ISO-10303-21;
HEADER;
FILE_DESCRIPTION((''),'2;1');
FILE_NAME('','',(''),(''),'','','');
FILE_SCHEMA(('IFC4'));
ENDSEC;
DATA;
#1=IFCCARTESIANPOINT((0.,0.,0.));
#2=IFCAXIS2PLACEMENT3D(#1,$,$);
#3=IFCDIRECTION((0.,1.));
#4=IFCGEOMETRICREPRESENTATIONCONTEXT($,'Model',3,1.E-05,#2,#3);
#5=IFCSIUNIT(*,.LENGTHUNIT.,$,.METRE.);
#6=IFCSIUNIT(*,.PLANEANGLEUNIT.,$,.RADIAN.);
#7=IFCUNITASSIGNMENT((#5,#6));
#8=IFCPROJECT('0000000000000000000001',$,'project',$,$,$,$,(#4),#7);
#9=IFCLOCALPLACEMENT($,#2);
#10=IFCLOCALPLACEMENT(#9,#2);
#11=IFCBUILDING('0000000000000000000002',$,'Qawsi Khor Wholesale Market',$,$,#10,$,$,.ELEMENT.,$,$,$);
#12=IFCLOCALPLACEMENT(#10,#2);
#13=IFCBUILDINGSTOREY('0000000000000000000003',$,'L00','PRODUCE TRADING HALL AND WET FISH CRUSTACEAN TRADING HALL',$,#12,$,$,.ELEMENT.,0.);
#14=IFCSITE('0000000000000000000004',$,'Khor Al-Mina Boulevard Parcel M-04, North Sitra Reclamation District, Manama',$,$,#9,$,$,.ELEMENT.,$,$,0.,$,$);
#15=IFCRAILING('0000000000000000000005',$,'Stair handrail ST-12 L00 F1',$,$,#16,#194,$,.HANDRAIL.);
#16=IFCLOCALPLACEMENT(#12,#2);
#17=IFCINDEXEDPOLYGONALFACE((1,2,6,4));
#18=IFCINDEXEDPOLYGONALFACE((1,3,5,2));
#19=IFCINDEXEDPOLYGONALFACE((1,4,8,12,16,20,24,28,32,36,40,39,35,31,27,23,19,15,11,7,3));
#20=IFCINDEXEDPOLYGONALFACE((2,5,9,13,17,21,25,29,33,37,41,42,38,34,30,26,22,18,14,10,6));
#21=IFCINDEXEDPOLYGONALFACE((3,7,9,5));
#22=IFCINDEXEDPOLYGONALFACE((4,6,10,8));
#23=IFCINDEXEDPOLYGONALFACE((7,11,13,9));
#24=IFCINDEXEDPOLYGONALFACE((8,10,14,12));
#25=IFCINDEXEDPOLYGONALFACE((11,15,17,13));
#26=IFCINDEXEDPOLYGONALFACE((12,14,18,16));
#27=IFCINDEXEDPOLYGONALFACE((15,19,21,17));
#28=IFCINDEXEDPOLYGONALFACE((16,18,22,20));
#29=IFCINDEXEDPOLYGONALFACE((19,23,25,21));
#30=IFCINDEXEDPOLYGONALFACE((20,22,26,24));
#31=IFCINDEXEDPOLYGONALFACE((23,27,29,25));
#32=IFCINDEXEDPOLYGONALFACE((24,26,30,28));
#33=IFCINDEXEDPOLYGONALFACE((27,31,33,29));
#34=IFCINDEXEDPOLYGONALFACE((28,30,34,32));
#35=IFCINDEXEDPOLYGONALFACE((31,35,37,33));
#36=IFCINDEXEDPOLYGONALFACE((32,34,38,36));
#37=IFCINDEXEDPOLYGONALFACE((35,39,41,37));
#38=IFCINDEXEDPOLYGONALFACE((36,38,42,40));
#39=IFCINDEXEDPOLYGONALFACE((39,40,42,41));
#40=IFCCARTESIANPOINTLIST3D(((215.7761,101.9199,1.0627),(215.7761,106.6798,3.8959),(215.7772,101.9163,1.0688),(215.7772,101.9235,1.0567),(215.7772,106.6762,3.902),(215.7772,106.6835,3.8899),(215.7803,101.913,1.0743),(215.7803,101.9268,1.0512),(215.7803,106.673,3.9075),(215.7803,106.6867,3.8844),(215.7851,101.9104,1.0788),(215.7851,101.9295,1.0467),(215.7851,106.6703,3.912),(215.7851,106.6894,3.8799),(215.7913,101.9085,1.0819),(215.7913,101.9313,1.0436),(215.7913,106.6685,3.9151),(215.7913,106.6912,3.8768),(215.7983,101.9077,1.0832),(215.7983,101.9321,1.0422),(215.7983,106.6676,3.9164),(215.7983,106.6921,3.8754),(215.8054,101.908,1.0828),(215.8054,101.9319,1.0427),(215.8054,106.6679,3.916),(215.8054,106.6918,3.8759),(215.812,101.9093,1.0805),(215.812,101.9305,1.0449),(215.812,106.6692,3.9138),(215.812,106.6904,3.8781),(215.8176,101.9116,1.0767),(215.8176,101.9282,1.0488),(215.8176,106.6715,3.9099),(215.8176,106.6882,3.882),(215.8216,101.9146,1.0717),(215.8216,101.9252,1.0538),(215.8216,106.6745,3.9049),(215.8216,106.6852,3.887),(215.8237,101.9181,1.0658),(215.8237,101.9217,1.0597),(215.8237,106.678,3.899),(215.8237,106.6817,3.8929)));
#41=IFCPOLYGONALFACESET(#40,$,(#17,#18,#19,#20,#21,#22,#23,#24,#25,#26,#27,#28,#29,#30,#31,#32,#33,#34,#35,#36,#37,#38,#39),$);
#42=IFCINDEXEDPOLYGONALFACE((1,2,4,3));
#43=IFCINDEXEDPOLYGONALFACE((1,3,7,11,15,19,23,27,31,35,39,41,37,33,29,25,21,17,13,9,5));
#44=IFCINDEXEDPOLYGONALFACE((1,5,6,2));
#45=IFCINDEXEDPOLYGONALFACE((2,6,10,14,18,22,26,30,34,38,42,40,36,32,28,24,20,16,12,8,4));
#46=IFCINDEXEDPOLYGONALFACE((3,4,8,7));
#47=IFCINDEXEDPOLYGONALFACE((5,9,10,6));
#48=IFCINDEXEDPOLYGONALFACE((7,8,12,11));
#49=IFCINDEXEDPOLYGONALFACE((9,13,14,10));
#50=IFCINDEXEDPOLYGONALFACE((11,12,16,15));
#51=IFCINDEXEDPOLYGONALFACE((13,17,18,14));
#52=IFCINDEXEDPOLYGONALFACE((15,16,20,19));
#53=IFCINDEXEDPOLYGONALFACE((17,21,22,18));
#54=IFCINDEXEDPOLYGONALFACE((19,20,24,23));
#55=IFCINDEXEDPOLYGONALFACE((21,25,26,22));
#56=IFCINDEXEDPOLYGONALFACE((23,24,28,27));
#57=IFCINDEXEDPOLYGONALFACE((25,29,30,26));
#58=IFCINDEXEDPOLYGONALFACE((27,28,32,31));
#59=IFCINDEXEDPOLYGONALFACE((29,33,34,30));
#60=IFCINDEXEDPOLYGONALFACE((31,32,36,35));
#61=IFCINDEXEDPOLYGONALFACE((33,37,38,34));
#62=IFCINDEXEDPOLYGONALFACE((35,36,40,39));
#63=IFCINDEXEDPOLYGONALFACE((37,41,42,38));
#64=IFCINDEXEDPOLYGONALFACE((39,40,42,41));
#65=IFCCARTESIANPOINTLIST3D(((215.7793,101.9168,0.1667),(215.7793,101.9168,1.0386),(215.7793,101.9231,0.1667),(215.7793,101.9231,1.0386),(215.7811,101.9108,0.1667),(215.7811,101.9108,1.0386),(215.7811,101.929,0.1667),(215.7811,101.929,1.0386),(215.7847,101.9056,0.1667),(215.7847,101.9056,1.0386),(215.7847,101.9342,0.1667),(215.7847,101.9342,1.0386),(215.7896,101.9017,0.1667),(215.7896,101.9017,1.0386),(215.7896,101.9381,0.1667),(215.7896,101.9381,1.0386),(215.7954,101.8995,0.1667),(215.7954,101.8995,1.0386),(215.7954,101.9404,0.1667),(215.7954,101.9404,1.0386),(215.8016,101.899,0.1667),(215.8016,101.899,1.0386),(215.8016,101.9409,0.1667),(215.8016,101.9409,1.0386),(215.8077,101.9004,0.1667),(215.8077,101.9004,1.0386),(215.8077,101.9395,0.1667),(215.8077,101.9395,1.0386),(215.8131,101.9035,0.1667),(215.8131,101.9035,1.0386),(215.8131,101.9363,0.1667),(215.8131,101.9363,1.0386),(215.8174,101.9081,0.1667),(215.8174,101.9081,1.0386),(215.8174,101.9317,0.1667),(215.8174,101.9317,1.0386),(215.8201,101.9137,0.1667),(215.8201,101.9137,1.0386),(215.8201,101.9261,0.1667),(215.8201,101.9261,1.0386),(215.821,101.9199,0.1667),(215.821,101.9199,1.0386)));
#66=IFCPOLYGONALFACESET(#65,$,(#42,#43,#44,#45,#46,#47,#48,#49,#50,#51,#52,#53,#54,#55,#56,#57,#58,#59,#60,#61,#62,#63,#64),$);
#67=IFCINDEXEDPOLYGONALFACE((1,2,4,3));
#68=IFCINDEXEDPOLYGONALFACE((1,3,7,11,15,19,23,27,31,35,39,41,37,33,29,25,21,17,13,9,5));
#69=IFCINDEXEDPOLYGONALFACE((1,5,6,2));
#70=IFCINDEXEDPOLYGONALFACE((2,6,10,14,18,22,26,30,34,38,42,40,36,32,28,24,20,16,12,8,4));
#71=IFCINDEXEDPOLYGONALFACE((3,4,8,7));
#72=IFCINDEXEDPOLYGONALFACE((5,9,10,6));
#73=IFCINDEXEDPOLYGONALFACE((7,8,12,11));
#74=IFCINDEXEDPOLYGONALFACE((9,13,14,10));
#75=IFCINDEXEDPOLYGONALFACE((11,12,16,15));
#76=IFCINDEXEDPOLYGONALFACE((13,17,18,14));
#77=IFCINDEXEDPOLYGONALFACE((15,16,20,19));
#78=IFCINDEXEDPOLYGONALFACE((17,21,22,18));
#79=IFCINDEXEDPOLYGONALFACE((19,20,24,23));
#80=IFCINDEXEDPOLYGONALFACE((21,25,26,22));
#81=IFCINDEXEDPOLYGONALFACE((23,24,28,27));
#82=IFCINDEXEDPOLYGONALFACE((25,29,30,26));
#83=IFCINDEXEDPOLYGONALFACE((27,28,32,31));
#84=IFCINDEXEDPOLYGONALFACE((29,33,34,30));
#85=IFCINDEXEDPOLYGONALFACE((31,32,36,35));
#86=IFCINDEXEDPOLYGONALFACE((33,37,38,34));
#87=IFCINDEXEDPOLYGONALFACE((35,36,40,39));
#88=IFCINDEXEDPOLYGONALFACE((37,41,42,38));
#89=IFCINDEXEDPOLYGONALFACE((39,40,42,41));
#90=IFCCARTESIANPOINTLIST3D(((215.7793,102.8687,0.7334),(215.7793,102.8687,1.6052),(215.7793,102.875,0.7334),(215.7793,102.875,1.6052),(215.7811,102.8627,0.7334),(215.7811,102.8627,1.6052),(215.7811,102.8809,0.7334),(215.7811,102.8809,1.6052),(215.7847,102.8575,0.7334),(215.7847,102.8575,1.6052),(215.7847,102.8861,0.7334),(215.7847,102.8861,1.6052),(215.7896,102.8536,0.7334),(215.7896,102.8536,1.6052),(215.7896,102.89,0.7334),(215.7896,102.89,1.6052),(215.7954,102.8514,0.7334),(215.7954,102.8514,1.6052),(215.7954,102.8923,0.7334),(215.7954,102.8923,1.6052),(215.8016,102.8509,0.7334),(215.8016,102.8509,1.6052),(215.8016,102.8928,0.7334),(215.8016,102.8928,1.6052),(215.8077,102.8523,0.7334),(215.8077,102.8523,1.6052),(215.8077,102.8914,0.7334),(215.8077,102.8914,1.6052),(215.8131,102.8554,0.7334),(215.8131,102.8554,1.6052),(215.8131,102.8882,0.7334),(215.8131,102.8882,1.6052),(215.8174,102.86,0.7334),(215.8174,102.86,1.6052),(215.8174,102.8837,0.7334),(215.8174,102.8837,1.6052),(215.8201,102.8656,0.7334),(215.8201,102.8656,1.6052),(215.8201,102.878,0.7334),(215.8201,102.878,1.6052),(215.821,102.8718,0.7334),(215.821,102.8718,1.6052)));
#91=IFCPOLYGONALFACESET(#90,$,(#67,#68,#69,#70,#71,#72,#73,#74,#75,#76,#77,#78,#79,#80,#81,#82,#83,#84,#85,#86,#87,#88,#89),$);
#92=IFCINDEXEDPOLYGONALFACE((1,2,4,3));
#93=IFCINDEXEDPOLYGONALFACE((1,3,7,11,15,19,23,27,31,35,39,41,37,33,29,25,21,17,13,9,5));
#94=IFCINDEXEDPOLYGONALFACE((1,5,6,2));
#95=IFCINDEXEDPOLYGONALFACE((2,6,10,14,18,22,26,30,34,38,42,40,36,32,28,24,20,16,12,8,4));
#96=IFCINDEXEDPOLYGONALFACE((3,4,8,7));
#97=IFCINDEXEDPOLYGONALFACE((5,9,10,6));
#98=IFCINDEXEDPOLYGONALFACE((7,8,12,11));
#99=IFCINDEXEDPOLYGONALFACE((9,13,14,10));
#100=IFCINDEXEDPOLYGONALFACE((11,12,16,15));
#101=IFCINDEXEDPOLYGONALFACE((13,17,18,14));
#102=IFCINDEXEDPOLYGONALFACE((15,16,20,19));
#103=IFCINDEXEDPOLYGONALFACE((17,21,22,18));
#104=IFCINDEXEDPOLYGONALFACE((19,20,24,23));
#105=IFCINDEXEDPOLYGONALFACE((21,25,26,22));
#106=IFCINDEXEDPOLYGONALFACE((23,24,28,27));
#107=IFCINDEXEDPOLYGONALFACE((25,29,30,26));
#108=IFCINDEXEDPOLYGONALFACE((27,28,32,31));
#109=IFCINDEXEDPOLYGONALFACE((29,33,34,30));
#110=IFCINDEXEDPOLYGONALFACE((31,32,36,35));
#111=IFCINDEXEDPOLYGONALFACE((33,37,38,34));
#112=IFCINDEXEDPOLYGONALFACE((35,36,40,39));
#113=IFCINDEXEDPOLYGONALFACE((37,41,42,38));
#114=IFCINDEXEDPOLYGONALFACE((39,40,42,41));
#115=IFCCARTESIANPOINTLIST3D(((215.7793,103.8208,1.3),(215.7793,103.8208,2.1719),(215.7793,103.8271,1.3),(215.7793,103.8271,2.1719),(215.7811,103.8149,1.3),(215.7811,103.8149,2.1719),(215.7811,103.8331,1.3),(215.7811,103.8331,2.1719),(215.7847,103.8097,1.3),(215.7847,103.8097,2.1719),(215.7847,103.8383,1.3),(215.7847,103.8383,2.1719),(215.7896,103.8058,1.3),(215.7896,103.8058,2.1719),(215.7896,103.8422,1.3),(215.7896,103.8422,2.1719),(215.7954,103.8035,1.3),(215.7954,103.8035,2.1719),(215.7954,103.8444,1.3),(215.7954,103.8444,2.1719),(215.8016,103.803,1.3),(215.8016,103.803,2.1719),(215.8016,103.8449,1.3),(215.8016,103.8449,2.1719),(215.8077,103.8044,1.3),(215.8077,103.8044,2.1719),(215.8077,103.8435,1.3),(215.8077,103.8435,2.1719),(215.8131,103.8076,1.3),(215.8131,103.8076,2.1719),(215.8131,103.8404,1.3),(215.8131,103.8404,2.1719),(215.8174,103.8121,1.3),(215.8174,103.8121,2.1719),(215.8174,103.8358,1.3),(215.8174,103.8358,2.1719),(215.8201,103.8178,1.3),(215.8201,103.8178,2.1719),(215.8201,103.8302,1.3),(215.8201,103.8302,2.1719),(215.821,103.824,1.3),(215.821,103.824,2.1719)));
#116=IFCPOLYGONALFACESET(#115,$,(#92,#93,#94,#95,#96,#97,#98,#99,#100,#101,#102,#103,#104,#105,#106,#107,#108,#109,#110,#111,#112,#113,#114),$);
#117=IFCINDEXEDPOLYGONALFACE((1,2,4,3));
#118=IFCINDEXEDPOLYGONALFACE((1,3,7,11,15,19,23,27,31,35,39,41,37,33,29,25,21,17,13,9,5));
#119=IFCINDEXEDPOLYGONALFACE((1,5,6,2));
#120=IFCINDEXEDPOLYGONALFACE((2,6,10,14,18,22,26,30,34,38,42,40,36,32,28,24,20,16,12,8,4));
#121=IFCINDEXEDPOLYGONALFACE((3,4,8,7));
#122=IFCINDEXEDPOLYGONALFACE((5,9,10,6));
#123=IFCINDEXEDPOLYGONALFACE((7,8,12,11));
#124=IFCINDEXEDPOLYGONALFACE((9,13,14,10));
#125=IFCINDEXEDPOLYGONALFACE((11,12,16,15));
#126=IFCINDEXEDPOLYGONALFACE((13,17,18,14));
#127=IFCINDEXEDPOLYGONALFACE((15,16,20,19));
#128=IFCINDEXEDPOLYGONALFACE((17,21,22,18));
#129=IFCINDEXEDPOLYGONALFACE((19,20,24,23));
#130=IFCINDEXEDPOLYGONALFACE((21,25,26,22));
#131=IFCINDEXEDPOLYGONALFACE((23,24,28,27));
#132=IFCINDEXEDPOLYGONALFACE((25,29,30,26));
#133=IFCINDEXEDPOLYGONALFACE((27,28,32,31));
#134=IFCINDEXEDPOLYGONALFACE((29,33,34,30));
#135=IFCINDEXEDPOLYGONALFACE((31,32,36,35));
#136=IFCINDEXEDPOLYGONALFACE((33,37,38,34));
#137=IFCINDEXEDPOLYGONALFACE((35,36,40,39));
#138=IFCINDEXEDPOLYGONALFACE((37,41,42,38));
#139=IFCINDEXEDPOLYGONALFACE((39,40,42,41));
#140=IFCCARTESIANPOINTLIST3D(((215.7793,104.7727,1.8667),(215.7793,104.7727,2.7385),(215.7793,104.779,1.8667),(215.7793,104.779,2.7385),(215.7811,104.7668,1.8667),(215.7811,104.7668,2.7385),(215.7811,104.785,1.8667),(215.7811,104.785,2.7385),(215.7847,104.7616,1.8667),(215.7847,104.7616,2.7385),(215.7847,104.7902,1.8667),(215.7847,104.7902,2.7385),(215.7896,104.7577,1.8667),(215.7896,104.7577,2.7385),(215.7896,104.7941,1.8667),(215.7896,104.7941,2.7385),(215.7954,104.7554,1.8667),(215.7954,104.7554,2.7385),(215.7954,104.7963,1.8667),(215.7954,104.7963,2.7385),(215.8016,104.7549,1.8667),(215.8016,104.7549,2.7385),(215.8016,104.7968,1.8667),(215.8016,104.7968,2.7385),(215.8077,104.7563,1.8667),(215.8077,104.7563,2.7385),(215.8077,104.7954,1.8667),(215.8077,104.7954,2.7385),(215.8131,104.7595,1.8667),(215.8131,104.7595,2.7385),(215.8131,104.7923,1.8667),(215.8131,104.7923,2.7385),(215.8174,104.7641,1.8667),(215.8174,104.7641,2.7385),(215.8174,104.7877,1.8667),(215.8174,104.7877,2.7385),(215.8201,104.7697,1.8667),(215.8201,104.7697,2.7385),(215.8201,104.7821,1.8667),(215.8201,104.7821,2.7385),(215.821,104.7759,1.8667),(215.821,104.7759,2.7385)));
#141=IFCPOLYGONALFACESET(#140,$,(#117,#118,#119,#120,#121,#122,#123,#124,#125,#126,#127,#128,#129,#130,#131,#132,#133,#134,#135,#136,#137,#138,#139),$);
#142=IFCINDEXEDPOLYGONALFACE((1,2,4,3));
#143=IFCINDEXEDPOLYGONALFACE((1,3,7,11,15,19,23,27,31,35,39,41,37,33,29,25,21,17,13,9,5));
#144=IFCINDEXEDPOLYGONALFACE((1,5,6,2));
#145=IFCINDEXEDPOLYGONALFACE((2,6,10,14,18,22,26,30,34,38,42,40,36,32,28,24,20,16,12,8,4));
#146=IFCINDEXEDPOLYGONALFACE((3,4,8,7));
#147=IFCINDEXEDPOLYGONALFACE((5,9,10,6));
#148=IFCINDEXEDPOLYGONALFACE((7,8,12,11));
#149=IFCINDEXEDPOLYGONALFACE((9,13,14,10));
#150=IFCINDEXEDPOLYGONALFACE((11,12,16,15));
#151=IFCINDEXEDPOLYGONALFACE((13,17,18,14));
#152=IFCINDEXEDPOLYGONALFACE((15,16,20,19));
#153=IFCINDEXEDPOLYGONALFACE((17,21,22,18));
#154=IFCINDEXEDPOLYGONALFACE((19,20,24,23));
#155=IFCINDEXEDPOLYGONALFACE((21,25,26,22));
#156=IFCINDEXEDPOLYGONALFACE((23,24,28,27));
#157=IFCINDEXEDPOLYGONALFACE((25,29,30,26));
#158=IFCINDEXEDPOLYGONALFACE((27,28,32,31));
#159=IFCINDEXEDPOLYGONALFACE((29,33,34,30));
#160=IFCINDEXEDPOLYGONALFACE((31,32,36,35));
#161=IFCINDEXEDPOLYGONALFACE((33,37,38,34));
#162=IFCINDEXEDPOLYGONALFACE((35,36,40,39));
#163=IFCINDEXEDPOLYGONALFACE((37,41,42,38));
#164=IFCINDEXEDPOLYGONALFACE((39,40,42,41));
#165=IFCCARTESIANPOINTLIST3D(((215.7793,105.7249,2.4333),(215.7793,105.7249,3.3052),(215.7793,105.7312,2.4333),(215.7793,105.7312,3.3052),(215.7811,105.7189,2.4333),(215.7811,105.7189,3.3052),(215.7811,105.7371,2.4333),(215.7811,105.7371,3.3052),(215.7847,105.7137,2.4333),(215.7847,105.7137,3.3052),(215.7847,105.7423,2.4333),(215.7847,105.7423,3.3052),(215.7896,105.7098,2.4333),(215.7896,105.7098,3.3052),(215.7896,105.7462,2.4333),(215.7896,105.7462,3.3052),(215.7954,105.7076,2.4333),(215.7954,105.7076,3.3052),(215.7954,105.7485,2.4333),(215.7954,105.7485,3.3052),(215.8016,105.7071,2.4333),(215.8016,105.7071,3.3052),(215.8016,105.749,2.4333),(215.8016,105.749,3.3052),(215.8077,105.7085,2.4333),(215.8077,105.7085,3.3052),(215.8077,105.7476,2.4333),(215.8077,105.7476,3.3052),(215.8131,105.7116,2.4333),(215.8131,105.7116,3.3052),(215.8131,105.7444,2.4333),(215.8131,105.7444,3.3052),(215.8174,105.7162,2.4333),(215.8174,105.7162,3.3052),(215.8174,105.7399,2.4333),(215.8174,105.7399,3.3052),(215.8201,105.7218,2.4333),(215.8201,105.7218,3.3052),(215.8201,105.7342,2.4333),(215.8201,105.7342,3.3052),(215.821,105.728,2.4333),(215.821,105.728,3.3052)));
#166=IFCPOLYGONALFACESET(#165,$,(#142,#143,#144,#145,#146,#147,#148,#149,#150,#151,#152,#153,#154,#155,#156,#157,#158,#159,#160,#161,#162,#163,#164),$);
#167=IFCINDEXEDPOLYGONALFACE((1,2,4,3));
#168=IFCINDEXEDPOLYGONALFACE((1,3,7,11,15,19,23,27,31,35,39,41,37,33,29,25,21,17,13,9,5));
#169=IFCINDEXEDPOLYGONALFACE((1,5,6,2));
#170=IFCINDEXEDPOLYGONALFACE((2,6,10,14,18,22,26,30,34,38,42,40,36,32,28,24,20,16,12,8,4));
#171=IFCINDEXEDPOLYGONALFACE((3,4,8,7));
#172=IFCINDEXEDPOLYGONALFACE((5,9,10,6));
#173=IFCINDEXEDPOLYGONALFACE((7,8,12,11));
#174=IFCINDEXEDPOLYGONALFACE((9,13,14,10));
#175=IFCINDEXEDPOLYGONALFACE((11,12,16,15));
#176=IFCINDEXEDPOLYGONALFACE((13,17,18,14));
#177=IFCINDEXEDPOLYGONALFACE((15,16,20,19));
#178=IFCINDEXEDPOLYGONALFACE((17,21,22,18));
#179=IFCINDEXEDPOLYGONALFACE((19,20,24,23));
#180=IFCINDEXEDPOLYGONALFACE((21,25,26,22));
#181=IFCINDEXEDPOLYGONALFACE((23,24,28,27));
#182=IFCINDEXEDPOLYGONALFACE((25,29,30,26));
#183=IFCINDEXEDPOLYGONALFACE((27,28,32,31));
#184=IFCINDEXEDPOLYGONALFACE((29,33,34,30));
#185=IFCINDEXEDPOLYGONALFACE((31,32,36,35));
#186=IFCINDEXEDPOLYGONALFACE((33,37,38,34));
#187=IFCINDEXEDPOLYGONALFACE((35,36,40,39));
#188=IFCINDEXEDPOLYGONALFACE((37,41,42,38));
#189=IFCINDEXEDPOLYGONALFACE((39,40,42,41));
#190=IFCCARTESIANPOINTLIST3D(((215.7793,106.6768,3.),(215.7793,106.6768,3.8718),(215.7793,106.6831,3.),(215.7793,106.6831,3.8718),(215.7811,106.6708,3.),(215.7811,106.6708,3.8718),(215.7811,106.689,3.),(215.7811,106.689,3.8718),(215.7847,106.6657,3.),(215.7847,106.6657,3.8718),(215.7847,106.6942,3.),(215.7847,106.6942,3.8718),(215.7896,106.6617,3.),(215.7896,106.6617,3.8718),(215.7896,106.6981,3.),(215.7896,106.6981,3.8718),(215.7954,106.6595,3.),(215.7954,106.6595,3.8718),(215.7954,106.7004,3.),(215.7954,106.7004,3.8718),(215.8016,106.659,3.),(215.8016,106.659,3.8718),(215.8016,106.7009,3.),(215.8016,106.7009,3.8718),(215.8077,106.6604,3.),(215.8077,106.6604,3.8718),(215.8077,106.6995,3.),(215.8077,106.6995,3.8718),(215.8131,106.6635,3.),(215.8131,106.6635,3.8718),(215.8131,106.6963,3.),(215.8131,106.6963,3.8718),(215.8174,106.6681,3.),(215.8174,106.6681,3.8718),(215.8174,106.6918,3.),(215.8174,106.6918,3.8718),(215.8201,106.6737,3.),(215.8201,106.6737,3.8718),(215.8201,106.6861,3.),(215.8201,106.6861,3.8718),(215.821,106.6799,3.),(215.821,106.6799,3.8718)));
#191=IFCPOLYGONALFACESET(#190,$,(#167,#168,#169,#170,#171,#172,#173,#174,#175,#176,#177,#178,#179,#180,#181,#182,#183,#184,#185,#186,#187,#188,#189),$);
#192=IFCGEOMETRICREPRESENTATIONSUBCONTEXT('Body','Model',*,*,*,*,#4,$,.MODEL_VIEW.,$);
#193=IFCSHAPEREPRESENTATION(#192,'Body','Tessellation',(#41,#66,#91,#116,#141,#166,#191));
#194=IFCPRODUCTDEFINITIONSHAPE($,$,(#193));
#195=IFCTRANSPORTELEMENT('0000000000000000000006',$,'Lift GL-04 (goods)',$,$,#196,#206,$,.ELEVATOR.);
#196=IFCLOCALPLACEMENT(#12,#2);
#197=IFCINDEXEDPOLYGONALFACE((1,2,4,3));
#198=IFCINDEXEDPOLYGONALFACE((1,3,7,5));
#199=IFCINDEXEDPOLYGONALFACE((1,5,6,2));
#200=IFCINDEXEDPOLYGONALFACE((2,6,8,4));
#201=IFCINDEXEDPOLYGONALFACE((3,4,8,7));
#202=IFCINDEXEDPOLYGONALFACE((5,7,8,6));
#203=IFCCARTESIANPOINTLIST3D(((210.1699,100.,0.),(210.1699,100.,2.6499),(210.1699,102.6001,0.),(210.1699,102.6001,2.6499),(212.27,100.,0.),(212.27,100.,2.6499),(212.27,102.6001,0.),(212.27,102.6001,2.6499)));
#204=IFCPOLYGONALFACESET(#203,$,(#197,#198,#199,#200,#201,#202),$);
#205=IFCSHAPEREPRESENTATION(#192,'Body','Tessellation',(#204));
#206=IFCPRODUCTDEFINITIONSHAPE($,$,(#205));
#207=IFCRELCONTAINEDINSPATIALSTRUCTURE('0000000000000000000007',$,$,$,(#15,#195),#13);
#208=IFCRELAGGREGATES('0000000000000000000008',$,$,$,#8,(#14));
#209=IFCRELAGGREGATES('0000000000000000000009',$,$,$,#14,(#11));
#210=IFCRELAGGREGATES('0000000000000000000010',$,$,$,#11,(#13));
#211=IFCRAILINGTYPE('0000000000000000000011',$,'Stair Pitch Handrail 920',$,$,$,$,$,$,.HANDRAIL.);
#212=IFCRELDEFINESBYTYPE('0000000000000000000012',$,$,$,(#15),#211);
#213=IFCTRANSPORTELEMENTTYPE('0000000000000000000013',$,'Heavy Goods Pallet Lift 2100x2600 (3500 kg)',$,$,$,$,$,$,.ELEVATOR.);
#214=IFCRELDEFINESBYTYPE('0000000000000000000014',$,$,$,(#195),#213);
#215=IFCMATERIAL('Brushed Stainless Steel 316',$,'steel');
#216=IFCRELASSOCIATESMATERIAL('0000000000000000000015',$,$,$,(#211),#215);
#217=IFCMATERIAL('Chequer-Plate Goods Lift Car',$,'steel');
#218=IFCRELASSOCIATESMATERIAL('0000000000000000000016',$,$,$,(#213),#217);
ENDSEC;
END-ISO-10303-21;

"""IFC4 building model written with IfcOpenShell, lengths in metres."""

from ifc_helpers import new_model, si_unit, direction, frame, origin, origin_2d, place, context, subcontext, project, spatial, rectangle, circle, extrude, material, type_object, element, save


model = new_model("IFC4")

# Units and contexts
model_context = context("Model", 3, precision=1e-05, world=origin(), true_north=direction((0.0, 1.0)))
body_context = subcontext(model_context, "Body", "Model", "MODEL_VIEW")
ifc_project = project(units=[si_unit("LENGTHUNIT", "METRE"), si_unit("PLANEANGLEUNIT", "RADIAN")], contexts=[model_context])

# Site, building, storey
site_placement = place(None, origin())
site = spatial("IfcSite", under=ifc_project, at=site_placement, Name="Khor Al-Mina Boulevard Parcel M-04, North Sitra Reclamation District, Manama", CompositionType="ELEMENT", RefElevation=0.0)
building_placement = place(site_placement, origin())
building = spatial("IfcBuilding", under=site, at=building_placement, Name="Qawsi Khor Wholesale Market", CompositionType="ELEMENT")
storey_placement = place(building_placement, origin())
storey = spatial("IfcBuildingStorey", under=building, at=storey_placement, Name="L00", Description="PRODUCE TRADING HALL AND WET FISH CRUSTACEAN TRADING HALL", CompositionType="ELEMENT", Elevation=0.0)

# Railing
ifc_material_1 = material(Name="Brushed Stainless Steel 316", Category="steel")
railing_type = type_object("IfcRailingType", Name="Stair Pitch Handrail 920", PredefinedType="HANDRAIL", material=ifc_material_1)
railing_placement = place(storey_placement, frame((215.8, 101.9199, 0.1667)))
element("IfcRailing", 1, at=railing_placement, inside=storey, type_object=railing_type, Name="Stair handrail ST-12 L00 F1", PredefinedType="HANDRAIL", context=body_context, shape_type="SweptSolid", body=[
    extrude(circle(Radius=0.0239, at=origin_2d()), frame((0.0, 0.0, 0.896), z_axis=(0.0, 0.8593, 0.511472), x_axis=(-1.0, 0.0, 0.0)), (0.0, 0.0, 1.0), 5.5393),
    extrude(circle(Radius=0.021, at=origin_2d()), origin(), (0.0, 0.0, 1.0), 0.8718),
    extrude(circle(Radius=0.021, at=origin_2d()), frame((0.0, 0.9519, 0.5667)), (0.0, 0.0, 1.0), 0.8718),
    extrude(circle(Radius=0.021, at=origin_2d()), frame((0.0, 1.9041, 1.1333)), (0.0, 0.0, 1.0), 0.8718),
    extrude(circle(Radius=0.021, at=origin_2d()), frame((0.0, 2.856, 1.7)), (0.0, 0.0, 1.0), 0.8718),
    extrude(circle(Radius=0.021, at=origin_2d()), frame((0.0, 3.8081, 2.2666)), (0.0, 0.0, 1.0), 0.8718),
    extrude(circle(Radius=0.021, at=origin_2d()), frame((0.0, 4.76, 2.8333)), (0.0, 0.0, 1.0), 0.8718),
])

# Transport element
ifc_material_2 = material(Name="Chequer-Plate Goods Lift Car", Category="steel")
transport_element_type = type_object("IfcTransportElementType", Name="Heavy Goods Pallet Lift 2100x2600 (3500 kg)", PredefinedType="ELEVATOR", material=ifc_material_2)
transport_element_placement = place(storey_placement, frame((211.22, 101.3, 0.0), z_axis=(0.0, 0.0, 1.0), x_axis=(1.0, 0.0, 0.0)))
element("IfcTransportElement", 2, at=transport_element_placement, inside=storey, type_object=transport_element_type, Name="Lift GL-04 (goods)", PredefinedType="ELEVATOR", context=body_context, shape_type="SweptSolid", body=[
    extrude(rectangle(XDim=2.1001, YDim=2.6001, at=origin_2d()), origin(), (0.0, 0.0, 1.0), 2.6499),
])

save(model, "model.ifc")
